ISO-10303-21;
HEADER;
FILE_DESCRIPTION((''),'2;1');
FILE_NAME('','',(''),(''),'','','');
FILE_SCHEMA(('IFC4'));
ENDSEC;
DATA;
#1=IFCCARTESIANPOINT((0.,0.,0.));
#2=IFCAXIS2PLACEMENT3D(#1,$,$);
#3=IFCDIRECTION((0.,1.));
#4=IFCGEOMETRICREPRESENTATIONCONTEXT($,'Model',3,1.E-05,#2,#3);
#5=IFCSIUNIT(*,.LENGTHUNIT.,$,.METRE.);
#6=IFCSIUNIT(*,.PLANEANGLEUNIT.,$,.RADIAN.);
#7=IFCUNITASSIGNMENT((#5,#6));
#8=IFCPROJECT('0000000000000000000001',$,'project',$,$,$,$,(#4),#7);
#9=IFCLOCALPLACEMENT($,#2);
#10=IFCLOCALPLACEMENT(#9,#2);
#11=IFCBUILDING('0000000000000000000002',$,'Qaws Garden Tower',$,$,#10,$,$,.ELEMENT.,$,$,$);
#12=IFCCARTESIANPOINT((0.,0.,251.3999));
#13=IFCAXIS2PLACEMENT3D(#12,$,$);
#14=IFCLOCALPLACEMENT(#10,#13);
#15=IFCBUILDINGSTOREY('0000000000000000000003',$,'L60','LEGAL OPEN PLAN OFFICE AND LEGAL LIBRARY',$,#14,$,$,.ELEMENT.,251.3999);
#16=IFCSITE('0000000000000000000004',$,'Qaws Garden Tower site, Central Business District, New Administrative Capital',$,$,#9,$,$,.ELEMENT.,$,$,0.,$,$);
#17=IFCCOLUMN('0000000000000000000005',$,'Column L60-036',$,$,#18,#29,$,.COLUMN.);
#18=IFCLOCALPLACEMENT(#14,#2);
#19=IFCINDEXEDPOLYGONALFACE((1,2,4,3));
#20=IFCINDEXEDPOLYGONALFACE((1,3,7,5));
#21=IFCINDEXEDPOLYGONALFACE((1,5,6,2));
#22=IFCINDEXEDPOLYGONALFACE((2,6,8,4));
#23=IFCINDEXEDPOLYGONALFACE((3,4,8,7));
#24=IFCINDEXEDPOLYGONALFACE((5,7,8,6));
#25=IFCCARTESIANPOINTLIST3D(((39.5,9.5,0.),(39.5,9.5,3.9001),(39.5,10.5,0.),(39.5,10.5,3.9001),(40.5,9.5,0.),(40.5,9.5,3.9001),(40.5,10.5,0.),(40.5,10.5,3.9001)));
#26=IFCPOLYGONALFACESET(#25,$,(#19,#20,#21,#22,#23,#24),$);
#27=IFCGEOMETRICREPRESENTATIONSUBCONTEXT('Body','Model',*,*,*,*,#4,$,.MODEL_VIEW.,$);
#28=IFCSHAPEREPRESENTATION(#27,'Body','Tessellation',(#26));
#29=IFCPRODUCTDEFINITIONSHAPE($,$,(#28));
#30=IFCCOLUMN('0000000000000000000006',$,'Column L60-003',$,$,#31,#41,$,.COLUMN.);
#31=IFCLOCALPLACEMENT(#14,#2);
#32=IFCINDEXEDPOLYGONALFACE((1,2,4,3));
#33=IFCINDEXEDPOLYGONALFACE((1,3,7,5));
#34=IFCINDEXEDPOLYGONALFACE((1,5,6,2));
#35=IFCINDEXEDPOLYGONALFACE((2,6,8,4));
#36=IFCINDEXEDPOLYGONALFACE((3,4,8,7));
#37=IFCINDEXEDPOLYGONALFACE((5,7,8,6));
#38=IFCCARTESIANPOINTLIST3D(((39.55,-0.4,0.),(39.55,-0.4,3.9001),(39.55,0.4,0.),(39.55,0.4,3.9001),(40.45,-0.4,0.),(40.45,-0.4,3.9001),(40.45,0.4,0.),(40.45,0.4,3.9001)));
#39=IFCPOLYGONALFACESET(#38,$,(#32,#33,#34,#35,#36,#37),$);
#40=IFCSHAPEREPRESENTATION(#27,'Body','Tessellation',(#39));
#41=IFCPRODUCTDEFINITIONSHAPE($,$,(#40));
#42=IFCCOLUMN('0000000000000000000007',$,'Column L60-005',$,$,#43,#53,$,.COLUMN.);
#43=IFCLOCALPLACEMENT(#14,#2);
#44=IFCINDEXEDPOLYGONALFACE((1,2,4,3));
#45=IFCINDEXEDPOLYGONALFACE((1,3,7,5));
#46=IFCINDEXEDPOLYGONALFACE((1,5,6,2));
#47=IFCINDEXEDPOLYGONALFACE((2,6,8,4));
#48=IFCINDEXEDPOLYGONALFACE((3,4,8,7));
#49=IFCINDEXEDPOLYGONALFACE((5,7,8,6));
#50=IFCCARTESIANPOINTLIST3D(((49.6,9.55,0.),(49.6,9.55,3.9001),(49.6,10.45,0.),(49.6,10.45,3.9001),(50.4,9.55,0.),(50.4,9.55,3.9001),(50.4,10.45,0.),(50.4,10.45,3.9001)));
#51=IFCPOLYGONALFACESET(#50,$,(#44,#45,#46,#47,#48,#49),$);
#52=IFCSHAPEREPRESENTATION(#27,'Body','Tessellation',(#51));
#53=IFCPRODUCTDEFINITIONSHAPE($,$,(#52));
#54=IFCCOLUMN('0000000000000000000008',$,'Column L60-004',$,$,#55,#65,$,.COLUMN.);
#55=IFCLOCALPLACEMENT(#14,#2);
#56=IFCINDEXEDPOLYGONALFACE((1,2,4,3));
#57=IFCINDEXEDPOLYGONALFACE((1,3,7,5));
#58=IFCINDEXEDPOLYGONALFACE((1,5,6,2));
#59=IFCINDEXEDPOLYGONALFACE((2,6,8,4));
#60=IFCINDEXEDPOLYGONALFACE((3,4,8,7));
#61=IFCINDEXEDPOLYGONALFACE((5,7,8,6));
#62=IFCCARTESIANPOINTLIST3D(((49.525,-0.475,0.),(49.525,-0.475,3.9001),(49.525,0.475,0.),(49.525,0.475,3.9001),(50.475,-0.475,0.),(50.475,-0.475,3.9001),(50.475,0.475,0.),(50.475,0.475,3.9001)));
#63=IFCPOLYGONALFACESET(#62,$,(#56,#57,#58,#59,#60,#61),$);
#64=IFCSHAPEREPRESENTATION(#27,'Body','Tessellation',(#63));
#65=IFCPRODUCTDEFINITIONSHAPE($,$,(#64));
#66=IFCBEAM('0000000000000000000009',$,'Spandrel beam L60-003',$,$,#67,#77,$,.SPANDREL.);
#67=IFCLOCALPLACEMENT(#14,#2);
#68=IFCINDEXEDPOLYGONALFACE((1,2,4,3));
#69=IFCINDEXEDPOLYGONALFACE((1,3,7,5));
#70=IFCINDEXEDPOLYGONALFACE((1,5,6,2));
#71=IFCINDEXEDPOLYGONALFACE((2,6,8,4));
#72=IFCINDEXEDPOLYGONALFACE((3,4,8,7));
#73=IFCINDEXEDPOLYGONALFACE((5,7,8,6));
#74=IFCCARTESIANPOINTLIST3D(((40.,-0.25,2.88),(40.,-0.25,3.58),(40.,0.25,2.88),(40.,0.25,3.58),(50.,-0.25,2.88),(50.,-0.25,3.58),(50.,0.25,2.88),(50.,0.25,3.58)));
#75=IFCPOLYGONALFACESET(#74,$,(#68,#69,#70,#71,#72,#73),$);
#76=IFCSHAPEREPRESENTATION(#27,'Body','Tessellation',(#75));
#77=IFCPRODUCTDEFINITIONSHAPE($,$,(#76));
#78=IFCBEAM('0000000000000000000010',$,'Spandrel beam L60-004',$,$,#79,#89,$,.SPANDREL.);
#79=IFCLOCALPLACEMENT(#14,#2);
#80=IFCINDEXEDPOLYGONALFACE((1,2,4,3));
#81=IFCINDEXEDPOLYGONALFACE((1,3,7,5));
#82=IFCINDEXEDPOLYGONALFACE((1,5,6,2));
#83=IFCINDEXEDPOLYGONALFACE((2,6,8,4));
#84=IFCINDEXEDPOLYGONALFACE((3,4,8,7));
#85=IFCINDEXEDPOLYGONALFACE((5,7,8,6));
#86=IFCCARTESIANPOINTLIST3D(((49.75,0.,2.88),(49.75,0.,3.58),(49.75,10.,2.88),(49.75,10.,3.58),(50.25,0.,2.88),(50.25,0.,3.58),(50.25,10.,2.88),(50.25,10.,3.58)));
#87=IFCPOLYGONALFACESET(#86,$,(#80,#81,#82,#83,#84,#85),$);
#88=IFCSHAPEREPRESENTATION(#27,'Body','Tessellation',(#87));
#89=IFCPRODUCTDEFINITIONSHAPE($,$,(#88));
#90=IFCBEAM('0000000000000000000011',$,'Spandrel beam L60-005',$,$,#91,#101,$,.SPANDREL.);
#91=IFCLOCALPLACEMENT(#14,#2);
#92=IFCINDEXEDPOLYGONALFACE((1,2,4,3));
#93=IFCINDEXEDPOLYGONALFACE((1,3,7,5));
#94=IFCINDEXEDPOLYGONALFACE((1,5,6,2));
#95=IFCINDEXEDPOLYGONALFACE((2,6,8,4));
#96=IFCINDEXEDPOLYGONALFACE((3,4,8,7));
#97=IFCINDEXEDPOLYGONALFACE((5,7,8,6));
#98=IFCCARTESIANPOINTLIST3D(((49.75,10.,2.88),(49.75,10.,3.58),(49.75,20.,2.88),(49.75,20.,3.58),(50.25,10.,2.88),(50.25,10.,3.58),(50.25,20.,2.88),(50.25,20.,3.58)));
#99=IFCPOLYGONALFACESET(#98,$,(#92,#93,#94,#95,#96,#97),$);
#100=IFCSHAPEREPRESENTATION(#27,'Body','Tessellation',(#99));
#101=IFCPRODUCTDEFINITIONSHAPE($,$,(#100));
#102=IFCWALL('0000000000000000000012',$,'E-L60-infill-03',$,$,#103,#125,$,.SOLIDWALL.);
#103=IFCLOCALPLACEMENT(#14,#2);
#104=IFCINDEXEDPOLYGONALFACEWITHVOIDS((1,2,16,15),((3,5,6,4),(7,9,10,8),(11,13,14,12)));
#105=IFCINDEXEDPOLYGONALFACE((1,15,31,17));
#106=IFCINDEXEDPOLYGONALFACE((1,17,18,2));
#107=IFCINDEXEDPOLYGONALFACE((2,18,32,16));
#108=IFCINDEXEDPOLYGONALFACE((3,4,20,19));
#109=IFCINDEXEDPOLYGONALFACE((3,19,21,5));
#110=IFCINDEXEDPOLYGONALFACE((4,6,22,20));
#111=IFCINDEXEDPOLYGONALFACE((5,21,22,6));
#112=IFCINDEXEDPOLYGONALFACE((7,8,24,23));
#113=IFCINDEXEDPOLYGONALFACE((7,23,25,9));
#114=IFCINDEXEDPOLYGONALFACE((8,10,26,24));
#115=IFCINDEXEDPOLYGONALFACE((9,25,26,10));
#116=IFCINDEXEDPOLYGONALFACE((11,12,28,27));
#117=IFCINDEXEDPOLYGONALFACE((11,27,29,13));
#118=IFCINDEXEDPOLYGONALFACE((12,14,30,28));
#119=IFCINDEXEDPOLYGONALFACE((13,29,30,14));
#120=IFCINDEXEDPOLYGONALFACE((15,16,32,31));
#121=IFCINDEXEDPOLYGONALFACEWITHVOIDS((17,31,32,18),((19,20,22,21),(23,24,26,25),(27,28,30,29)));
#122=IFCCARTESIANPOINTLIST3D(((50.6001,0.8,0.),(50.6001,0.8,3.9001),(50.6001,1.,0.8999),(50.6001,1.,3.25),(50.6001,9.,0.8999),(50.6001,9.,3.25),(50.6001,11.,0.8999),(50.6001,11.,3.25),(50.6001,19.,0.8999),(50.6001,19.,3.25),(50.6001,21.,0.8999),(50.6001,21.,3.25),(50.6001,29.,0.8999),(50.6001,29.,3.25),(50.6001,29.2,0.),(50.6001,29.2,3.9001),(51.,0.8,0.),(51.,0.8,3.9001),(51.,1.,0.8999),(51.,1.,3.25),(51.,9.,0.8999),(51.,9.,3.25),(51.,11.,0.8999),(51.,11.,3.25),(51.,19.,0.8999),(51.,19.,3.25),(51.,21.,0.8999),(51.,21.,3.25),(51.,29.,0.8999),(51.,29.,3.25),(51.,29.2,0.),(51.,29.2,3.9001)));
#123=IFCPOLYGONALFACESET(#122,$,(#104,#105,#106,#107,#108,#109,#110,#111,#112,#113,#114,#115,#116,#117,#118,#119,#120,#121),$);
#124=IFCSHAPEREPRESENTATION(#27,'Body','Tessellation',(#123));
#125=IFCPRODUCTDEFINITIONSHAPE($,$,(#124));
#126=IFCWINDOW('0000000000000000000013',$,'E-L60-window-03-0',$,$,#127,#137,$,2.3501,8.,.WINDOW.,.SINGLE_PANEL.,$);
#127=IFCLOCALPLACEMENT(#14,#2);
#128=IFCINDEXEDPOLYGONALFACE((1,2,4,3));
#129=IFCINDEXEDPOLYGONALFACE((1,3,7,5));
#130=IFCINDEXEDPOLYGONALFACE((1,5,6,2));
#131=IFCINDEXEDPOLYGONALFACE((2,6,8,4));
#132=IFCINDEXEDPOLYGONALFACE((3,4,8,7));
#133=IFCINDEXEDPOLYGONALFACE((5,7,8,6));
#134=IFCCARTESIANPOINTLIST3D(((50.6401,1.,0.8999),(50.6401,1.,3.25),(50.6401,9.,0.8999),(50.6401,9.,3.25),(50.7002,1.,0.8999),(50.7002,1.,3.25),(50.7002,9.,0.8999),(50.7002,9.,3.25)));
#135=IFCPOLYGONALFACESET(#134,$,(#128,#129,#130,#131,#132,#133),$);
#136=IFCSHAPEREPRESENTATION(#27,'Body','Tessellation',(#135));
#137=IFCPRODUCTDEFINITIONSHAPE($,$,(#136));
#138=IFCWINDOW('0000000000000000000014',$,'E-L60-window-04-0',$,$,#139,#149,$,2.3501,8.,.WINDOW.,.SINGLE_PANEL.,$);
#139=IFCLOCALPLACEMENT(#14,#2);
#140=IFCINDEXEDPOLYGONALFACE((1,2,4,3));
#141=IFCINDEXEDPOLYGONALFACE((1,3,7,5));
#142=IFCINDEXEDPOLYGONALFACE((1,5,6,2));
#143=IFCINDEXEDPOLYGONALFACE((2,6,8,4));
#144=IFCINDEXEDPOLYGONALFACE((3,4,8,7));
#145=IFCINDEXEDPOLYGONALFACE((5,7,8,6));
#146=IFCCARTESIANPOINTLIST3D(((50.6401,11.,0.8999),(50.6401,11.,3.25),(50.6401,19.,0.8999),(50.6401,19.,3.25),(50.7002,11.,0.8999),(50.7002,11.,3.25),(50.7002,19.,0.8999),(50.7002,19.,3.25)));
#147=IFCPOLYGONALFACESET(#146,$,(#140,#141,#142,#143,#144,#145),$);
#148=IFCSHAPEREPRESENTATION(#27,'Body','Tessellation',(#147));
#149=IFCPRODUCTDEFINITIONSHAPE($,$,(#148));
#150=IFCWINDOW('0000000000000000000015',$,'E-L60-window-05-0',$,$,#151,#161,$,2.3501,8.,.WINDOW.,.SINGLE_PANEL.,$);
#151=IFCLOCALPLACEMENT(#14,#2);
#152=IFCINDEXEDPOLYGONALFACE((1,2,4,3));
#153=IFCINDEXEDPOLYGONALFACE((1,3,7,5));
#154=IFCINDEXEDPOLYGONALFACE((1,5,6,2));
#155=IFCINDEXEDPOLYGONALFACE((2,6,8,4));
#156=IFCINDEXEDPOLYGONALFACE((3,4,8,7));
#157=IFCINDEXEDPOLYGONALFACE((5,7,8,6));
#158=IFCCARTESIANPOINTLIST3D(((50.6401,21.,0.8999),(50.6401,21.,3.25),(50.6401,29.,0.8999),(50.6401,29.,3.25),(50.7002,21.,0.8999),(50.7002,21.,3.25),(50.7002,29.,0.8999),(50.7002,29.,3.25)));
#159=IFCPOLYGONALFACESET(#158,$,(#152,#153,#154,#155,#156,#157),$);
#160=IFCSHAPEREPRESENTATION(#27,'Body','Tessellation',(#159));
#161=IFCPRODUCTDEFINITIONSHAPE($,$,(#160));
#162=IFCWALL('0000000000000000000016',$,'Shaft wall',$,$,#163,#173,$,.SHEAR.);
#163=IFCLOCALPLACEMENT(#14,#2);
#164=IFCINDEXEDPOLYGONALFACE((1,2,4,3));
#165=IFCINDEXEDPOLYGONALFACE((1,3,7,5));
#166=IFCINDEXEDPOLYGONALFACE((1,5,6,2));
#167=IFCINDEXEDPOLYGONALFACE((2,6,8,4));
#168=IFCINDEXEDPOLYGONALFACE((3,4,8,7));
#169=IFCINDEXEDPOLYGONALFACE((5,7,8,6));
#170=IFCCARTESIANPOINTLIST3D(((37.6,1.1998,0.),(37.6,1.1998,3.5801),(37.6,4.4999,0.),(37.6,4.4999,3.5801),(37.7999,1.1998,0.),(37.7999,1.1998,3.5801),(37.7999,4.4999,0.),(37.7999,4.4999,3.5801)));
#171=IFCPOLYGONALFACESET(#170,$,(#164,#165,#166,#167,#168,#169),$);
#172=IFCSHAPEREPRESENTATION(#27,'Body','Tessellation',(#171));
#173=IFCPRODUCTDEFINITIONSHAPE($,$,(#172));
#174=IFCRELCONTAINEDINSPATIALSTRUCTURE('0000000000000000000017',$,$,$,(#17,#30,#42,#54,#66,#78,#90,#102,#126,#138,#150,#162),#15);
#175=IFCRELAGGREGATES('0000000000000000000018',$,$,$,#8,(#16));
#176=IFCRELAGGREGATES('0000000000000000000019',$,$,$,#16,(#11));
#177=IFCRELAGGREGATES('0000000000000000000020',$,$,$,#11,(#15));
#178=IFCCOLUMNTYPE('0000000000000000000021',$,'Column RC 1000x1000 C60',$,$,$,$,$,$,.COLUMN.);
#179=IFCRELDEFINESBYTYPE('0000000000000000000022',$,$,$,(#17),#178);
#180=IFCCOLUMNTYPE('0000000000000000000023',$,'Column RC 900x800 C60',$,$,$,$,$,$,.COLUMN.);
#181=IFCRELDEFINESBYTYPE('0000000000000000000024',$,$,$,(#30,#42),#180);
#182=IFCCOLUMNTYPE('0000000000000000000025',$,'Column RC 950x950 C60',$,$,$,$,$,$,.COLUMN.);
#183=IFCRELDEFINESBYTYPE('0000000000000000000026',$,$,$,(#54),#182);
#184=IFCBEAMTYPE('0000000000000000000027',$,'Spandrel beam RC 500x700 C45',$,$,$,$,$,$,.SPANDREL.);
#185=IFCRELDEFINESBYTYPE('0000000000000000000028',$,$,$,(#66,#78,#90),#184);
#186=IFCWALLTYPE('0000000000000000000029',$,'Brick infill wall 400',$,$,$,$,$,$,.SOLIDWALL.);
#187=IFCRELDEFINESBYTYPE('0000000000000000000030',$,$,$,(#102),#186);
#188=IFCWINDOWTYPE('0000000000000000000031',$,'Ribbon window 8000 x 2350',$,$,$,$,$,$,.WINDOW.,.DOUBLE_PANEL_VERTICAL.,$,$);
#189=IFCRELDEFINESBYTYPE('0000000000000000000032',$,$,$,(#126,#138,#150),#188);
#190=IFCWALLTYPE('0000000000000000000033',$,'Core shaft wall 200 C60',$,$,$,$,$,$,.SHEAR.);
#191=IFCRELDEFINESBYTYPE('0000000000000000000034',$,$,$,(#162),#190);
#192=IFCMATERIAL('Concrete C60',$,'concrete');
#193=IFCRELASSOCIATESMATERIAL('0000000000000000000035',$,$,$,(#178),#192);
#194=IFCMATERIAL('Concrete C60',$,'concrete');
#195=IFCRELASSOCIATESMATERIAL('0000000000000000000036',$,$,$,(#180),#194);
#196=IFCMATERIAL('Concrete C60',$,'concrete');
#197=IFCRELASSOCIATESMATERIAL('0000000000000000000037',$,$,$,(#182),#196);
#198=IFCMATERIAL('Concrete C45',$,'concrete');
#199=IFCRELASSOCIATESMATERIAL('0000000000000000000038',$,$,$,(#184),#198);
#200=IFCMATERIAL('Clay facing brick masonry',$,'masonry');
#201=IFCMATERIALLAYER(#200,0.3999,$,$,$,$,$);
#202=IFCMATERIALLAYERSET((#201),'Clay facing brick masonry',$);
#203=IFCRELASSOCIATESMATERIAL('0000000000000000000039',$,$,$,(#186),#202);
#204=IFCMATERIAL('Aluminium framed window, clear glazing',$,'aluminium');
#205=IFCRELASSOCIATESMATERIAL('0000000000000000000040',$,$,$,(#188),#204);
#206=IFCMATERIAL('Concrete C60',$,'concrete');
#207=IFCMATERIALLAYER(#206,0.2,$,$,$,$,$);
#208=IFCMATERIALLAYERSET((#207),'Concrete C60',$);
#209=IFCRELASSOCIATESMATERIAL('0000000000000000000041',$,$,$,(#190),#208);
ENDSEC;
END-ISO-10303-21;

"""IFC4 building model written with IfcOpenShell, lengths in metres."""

from ifc_helpers import new_model, si_unit, direction, frame, frame_2d, origin, origin_2d, place, context, subcontext, project, spatial, rectangle, extrude, material, layer, layer_set, material_profile, profile_set, type_object, element, fill, save


model = new_model("IFC4")

# Units and contexts
model_context = context("Model", 3, precision=1e-05, world=origin(), true_north=direction((0.0, 1.0)))
body_context = subcontext(model_context, "Body", "Model", "MODEL_VIEW")
ifc_project = project(units=[si_unit("LENGTHUNIT", "METRE"), si_unit("PLANEANGLEUNIT", "RADIAN")], contexts=[model_context])

# Site, building, storey
site_placement = place(None, origin())
site = spatial("IfcSite", under=ifc_project, at=site_placement, Name="Qaws Garden Tower site, Central Business District, New Administrative Capital", CompositionType="ELEMENT", RefElevation=0.0)
building_placement = place(site_placement, origin())
building = spatial("IfcBuilding", under=site, at=building_placement, Name="Qaws Garden Tower", CompositionType="ELEMENT")
storey_placement = place(building_placement, frame((0.0, 0.0, 251.3999)))
storey = spatial("IfcBuildingStorey", under=building, at=storey_placement, Name="L60", Description="LEGAL OPEN PLAN OFFICE AND LEGAL LIBRARY", CompositionType="ELEMENT", Elevation=251.3999)

# Columns
ifc_material_1 = material(Name="Concrete C60", Category="concrete")
ifc_material_profile_1 = material_profile(ifc_material_1, rectangle(XDim=1.0, YDim=1.0, at=origin_2d()), Name="RC 1000x1000")
ifc_profile_set_1 = profile_set([ifc_material_profile_1], Name="Concrete C60")
column_type_1 = type_object("IfcColumnType", Name="Column RC 1000x1000 C60", PredefinedType="COLUMN", material=ifc_profile_set_1)
column_1_placement = place(storey_placement, frame((40.0, 10.0, 0.0), z_axis=(0.0, 0.0, 1.0), x_axis=(1.0, 0.0, 0.0)))
element("IfcColumn", 1, at=column_1_placement, inside=storey, type_object=column_type_1, Name="Column L60-036", PredefinedType="COLUMN", context=body_context, shape_type="SweptSolid", body=[
    extrude(rectangle(XDim=1.0, YDim=1.0, at=origin_2d()), origin(), (0.0, 0.0, 1.0), 3.9001),
])
ifc_material_2 = material(Name="Concrete C60", Category="concrete")
ifc_material_profile_2 = material_profile(ifc_material_2, rectangle(XDim=0.8999, YDim=0.8, at=origin_2d()), Name="RC 900x800")
ifc_profile_set_2 = profile_set([ifc_material_profile_2], Name="Concrete C60")
column_type_2 = type_object("IfcColumnType", Name="Column RC 900x800 C60", PredefinedType="COLUMN", material=ifc_profile_set_2)
for number, where, z_axis, x_axis, name in (
    (2, (40.0, 0.0, 0.0), (0.0, 0.0, 1.0), (1.0, 0.0, 0.0), "Column L60-003"),
    (3, (50.0, 10.0, 0.0), (0.0, 0.0, 1.0), (0.0, 1.0, 0.0), "Column L60-005"),
):
    element("IfcColumn", number, at=place(storey_placement, frame(where, z_axis=z_axis, x_axis=x_axis)), inside=storey, type_object=column_type_2, Name=name, PredefinedType="COLUMN", context=body_context, shape_type="SweptSolid", body=[
        extrude(rectangle(XDim=0.8999, YDim=0.8, at=origin_2d()), origin(), (0.0, 0.0, 1.0), 3.9001),
    ])
ifc_material_3 = material(Name="Concrete C60", Category="concrete")
ifc_material_profile_3 = material_profile(ifc_material_3, rectangle(XDim=0.95, YDim=0.95, at=origin_2d()), Name="RC 950x950")
ifc_profile_set_3 = profile_set([ifc_material_profile_3], Name="Concrete C60")
column_type_3 = type_object("IfcColumnType", Name="Column RC 950x950 C60", PredefinedType="COLUMN", material=ifc_profile_set_3)
column_2_placement = place(storey_placement, frame((50.0, 0.0, 0.0), z_axis=(0.0, 0.0, 1.0), x_axis=(1.0, 0.0, 0.0)))
element("IfcColumn", 4, at=column_2_placement, inside=storey, type_object=column_type_3, Name="Column L60-004", PredefinedType="COLUMN", context=body_context, shape_type="SweptSolid", body=[
    extrude(rectangle(XDim=0.95, YDim=0.95, at=origin_2d()), origin(), (0.0, 0.0, 1.0), 3.9001),
])

# Beams
ifc_material_4 = material(Name="Concrete C45", Category="concrete")
ifc_material_profile_4 = material_profile(ifc_material_4, rectangle(XDim=0.5, YDim=0.7, at=origin_2d()), Name="RC 500x700")
ifc_profile_set_4 = profile_set([ifc_material_profile_4], Name="Concrete C45")
beam_type = type_object("IfcBeamType", Name="Spandrel beam RC 500x700 C45", PredefinedType="SPANDREL", material=ifc_profile_set_4)
for number, where, z_axis, x_axis, name in (
    (5, (40.0, 0.0, 3.23), (1.0, 0.0, 0.0), (0.0, 1.0, 0.0), "Spandrel beam L60-003"),
    (6, (50.0, 0.0, 3.23), (0.0, 1.0, 0.0), (-1.0, 0.0, 0.0), "Spandrel beam L60-004"),
    (7, (50.0, 10.0, 3.23), (0.0, 1.0, 0.0), (-1.0, 0.0, 0.0), "Spandrel beam L60-005"),
):
    element("IfcBeam", number, at=place(storey_placement, frame(where, z_axis=z_axis, x_axis=x_axis)), inside=storey, type_object=beam_type, Name=name, PredefinedType="SPANDREL", context=body_context, shape_type="SweptSolid", body=[
        extrude(rectangle(XDim=0.5, YDim=0.7, at=origin_2d()), origin(), (0.0, 0.0, 1.0), 10.0),
    ])

# Wall, openings, windows
ifc_material_5 = material(Name="Clay facing brick masonry", Category="masonry")
ifc_layer_1 = layer(ifc_material_5, 0.3999)
ifc_layer_set_1 = layer_set([ifc_layer_1], Name="Clay facing brick masonry")
wall_type_1 = type_object("IfcWallType", Name="Brick infill wall 400", PredefinedType="SOLIDWALL", material=ifc_layer_set_1)
wall_1_placement = place(storey_placement, frame((50.8, 0.8, 0.0), z_axis=(0.0, 0.0, 1.0), x_axis=(0.0, 1.0, 0.0)))
wall_1 = element("IfcWall", 8, at=wall_1_placement, inside=storey, type_object=wall_type_1, Name="E-L60-infill-03", PredefinedType="SOLIDWALL", context=body_context, shape_type="SweptSolid", body=[
    extrude(rectangle(XDim=28.3999, YDim=0.3999, at=frame_2d((14.2, 0.0))), origin(), (0.0, 0.0, 1.0), 3.9001),
])
opening_1_placement = place(wall_1_placement, frame((0.2, 0.0, 0.8999)))
opening_1 = element("IfcOpeningElement", 9, at=opening_1_placement, cuts=wall_1, PredefinedType="OPENING", context=body_context, shape_type="SweptSolid", body=[
    extrude(rectangle(XDim=8.0, YDim=2.3501, at=frame_2d((4.0, 1.175))), frame((0.0, 0.21, 0.0), z_axis=(0.0, -1.0, 0.0), x_axis=(1.0, 0.0, 0.0)), (0.0, 0.0, 1.0), 0.4199),
])
opening_2_placement = place(wall_1_placement, frame((10.2, 0.0, 0.8999)))
opening_2 = element("IfcOpeningElement", 10, at=opening_2_placement, cuts=wall_1, PredefinedType="OPENING", context=body_context, shape_type="SweptSolid", body=[
    extrude(rectangle(XDim=8.0, YDim=2.3501, at=frame_2d((4.0, 1.175))), frame((0.0, 0.21, 0.0), z_axis=(0.0, -1.0, 0.0), x_axis=(1.0, 0.0, 0.0)), (0.0, 0.0, 1.0), 0.4199),
])
opening_3_placement = place(wall_1_placement, frame((20.2, 0.0, 0.8999)))
opening_3 = element("IfcOpeningElement", 11, at=opening_3_placement, cuts=wall_1, PredefinedType="OPENING", context=body_context, shape_type="SweptSolid", body=[
    extrude(rectangle(XDim=8.0, YDim=2.3501, at=frame_2d((4.0, 1.175))), frame((0.0, 0.21, 0.0), z_axis=(0.0, -1.0, 0.0), x_axis=(1.0, 0.0, 0.0)), (0.0, 0.0, 1.0), 0.4199),
])
ifc_material_6 = material(Name="Aluminium framed window, clear glazing", Category="aluminium")
window_type = type_object("IfcWindowType", Name="Ribbon window 8000 x 2350", PartitioningType="DOUBLE_PANEL_VERTICAL", PredefinedType="WINDOW", material=ifc_material_6)
window_1_placement = place(opening_1_placement, origin())
window_1 = element("IfcWindow", 12, at=window_1_placement, inside=storey, type_object=window_type, Name="E-L60-window-03-0", OverallHeight=2.3501, OverallWidth=8.0, PartitioningType="SINGLE_PANEL", PredefinedType="WINDOW", context=body_context, shape_type="SweptSolid", body=[
    extrude(rectangle(XDim=8.0, YDim=2.3501, at=frame_2d((4.0, 1.175))), frame((0.0, 0.1599, 0.0), z_axis=(0.0, -1.0, 0.0), x_axis=(1.0, 0.0, 0.0)), (0.0, 0.0, 1.0), 0.0601),
])
fill(opening_1, window_1)
window_2_placement = place(opening_2_placement, origin())
window_2 = element("IfcWindow", 13, at=window_2_placement, inside=storey, type_object=window_type, Name="E-L60-window-04-0", OverallHeight=2.3501, OverallWidth=8.0, PartitioningType="SINGLE_PANEL", PredefinedType="WINDOW", context=body_context, shape_type="SweptSolid", body=[
    extrude(rectangle(XDim=8.0, YDim=2.3501, at=frame_2d((4.0, 1.175))), frame((0.0, 0.1599, 0.0), z_axis=(0.0, -1.0, 0.0), x_axis=(1.0, 0.0, 0.0)), (0.0, 0.0, 1.0), 0.0601),
])
fill(opening_2, window_2)
window_3_placement = place(opening_3_placement, origin())
window_3 = element("IfcWindow", 14, at=window_3_placement, inside=storey, type_object=window_type, Name="E-L60-window-05-0", OverallHeight=2.3501, OverallWidth=8.0, PartitioningType="SINGLE_PANEL", PredefinedType="WINDOW", context=body_context, shape_type="SweptSolid", body=[
    extrude(rectangle(XDim=8.0, YDim=2.3501, at=frame_2d((4.0, 1.175))), frame((0.0, 0.1599, 0.0), z_axis=(0.0, -1.0, 0.0), x_axis=(1.0, 0.0, 0.0)), (0.0, 0.0, 1.0), 0.0601),
])
fill(opening_3, window_3)

# Wall
ifc_material_7 = material(Name="Concrete C60", Category="concrete")
ifc_layer_2 = layer(ifc_material_7, 0.2)
ifc_layer_set_2 = layer_set([ifc_layer_2], Name="Concrete C60")
wall_type_2 = type_object("IfcWallType", Name="Core shaft wall 200 C60", PredefinedType="SHEAR", material=ifc_layer_set_2)
wall_2_placement = place(storey_placement, frame((37.7, 1.2, 0.0), z_axis=(0.0, 0.0, 1.0), x_axis=(0.0, 1.0, 0.0)))
element("IfcWall", 15, at=wall_2_placement, inside=storey, type_object=wall_type_2, Name="Shaft wall", PredefinedType="SHEAR", context=body_context, shape_type="SweptSolid", body=[
    extrude(rectangle(XDim=3.3, YDim=0.2, at=frame_2d((1.6499, 0.0))), origin(), (0.0, 0.0, 1.0), 3.5801),
])

save(model, "model.ifc")
